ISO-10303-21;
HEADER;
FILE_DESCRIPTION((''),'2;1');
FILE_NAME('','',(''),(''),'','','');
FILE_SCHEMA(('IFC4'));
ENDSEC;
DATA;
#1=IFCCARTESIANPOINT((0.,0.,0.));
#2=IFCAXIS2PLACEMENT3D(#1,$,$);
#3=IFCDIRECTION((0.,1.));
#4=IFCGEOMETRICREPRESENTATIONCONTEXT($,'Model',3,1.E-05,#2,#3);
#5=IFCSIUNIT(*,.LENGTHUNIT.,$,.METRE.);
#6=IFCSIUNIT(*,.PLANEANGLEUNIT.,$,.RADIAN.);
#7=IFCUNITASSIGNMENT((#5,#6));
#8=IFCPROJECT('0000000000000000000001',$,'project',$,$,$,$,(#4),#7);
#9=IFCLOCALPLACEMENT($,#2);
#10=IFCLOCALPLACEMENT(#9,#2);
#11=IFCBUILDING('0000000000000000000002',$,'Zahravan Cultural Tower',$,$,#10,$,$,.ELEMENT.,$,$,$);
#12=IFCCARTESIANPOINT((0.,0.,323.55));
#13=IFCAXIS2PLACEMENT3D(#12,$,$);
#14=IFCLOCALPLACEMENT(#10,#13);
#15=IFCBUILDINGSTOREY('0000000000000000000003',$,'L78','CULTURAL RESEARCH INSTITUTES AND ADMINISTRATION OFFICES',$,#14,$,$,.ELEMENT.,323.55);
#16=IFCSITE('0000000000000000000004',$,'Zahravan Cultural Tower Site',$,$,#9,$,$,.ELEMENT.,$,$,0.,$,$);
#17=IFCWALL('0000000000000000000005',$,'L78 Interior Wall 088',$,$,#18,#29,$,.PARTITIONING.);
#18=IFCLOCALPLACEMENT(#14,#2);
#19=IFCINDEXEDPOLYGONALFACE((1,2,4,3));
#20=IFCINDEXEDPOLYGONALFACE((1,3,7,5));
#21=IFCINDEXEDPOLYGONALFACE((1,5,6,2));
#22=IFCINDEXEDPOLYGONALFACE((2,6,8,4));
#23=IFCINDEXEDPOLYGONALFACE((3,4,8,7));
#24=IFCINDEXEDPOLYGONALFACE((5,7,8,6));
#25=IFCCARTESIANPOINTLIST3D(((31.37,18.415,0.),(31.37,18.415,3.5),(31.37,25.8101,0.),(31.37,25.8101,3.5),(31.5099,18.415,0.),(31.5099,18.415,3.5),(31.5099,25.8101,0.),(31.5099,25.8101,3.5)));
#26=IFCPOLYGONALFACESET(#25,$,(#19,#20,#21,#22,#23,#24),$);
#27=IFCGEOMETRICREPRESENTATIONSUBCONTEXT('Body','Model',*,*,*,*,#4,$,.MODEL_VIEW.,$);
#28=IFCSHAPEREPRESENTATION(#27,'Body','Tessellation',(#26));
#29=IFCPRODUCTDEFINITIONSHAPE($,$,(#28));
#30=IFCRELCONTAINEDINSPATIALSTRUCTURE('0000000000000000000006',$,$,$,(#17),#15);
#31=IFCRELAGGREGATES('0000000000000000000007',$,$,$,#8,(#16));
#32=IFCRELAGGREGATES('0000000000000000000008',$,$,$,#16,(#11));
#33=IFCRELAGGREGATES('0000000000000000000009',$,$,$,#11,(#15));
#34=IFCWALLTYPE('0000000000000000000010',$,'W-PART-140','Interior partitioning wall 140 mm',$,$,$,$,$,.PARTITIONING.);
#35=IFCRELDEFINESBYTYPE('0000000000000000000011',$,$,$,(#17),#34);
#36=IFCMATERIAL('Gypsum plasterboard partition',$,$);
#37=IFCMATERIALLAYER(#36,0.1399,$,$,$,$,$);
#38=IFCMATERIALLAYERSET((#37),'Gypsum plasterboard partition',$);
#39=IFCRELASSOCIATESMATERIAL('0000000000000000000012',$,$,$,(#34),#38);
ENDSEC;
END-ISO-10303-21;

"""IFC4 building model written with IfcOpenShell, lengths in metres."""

from ifc_helpers import new_model, si_unit, direction, frame, frame_2d, origin, place, context, subcontext, project, spatial, rectangle, extrude, source, transform, mapped, material, layer, layer_set, type_object, element, save


model = new_model("IFC4")

# Units and contexts
model_context = context("Model", 3, precision=1e-05, world=origin(), true_north=direction((0.0, 1.0)))
body_context = subcontext(model_context, "Body", "Model", "MODEL_VIEW")
ifc_project = project(units=[si_unit("LENGTHUNIT", "METRE"), si_unit("PLANEANGLEUNIT", "RADIAN")], contexts=[model_context])

# Site, building, storey
site_placement = place(None, origin())
site = spatial("IfcSite", under=ifc_project, at=site_placement, Name="Zahravan Cultural Tower Site", CompositionType="ELEMENT", RefElevation=0.0)
building_placement = place(site_placement, origin())
building = spatial("IfcBuilding", under=site, at=building_placement, Name="Zahravan Cultural Tower", CompositionType="ELEMENT")
storey_placement = place(building_placement, frame((0.0, 0.0, 323.55)))
storey = spatial("IfcBuildingStorey", under=building, at=storey_placement, Name="L78", Description="CULTURAL RESEARCH INSTITUTES AND ADMINISTRATION OFFICES", CompositionType="ELEMENT", Elevation=323.55)

# Shared definitions
ifc_material_1 = material(Name="Gypsum plasterboard partition")
ifc_layer_1 = layer(ifc_material_1, 0.1399)
ifc_layer_set_1 = layer_set([ifc_layer_1], Name="Gypsum plasterboard partition")
wall_type_1 = type_object("IfcWallType", Name="W-PART-140", Description="Interior partitioning wall 140 mm", PredefinedType="PARTITIONING", material=ifc_layer_set_1)

# Wall
shared_shape_1 = source(origin(), body_context, "Body", "SweptSolid", [
    extrude(rectangle(XDim=7.395, YDim=0.1399, at=frame_2d((3.6975, 0.0))), origin(), (0.0, 0.0, 1.0), 3.5),
])
wall_1_placement = place(storey_placement, frame((31.4399, 18.415, 0.0), z_axis=(0.0, 0.0, 1.0), x_axis=(0.0, 1.0, 0.0)))
element("IfcWall", 1, at=wall_1_placement, inside=storey, type_object=wall_type_1, Name="L78 Interior Wall 088", PredefinedType="PARTITIONING", context=body_context, shape_type="MappedRepresentation", body=[
    mapped(shared_shape_1, transform((0.0, 0.0, 0.0), x_axis=(1.0, 0.0, 0.0), y_axis=(0.0, 1.0, 0.0), z_axis=(0.0, 0.0, 1.0), scale=1.0)),
])

save(model, "model.ifc")
